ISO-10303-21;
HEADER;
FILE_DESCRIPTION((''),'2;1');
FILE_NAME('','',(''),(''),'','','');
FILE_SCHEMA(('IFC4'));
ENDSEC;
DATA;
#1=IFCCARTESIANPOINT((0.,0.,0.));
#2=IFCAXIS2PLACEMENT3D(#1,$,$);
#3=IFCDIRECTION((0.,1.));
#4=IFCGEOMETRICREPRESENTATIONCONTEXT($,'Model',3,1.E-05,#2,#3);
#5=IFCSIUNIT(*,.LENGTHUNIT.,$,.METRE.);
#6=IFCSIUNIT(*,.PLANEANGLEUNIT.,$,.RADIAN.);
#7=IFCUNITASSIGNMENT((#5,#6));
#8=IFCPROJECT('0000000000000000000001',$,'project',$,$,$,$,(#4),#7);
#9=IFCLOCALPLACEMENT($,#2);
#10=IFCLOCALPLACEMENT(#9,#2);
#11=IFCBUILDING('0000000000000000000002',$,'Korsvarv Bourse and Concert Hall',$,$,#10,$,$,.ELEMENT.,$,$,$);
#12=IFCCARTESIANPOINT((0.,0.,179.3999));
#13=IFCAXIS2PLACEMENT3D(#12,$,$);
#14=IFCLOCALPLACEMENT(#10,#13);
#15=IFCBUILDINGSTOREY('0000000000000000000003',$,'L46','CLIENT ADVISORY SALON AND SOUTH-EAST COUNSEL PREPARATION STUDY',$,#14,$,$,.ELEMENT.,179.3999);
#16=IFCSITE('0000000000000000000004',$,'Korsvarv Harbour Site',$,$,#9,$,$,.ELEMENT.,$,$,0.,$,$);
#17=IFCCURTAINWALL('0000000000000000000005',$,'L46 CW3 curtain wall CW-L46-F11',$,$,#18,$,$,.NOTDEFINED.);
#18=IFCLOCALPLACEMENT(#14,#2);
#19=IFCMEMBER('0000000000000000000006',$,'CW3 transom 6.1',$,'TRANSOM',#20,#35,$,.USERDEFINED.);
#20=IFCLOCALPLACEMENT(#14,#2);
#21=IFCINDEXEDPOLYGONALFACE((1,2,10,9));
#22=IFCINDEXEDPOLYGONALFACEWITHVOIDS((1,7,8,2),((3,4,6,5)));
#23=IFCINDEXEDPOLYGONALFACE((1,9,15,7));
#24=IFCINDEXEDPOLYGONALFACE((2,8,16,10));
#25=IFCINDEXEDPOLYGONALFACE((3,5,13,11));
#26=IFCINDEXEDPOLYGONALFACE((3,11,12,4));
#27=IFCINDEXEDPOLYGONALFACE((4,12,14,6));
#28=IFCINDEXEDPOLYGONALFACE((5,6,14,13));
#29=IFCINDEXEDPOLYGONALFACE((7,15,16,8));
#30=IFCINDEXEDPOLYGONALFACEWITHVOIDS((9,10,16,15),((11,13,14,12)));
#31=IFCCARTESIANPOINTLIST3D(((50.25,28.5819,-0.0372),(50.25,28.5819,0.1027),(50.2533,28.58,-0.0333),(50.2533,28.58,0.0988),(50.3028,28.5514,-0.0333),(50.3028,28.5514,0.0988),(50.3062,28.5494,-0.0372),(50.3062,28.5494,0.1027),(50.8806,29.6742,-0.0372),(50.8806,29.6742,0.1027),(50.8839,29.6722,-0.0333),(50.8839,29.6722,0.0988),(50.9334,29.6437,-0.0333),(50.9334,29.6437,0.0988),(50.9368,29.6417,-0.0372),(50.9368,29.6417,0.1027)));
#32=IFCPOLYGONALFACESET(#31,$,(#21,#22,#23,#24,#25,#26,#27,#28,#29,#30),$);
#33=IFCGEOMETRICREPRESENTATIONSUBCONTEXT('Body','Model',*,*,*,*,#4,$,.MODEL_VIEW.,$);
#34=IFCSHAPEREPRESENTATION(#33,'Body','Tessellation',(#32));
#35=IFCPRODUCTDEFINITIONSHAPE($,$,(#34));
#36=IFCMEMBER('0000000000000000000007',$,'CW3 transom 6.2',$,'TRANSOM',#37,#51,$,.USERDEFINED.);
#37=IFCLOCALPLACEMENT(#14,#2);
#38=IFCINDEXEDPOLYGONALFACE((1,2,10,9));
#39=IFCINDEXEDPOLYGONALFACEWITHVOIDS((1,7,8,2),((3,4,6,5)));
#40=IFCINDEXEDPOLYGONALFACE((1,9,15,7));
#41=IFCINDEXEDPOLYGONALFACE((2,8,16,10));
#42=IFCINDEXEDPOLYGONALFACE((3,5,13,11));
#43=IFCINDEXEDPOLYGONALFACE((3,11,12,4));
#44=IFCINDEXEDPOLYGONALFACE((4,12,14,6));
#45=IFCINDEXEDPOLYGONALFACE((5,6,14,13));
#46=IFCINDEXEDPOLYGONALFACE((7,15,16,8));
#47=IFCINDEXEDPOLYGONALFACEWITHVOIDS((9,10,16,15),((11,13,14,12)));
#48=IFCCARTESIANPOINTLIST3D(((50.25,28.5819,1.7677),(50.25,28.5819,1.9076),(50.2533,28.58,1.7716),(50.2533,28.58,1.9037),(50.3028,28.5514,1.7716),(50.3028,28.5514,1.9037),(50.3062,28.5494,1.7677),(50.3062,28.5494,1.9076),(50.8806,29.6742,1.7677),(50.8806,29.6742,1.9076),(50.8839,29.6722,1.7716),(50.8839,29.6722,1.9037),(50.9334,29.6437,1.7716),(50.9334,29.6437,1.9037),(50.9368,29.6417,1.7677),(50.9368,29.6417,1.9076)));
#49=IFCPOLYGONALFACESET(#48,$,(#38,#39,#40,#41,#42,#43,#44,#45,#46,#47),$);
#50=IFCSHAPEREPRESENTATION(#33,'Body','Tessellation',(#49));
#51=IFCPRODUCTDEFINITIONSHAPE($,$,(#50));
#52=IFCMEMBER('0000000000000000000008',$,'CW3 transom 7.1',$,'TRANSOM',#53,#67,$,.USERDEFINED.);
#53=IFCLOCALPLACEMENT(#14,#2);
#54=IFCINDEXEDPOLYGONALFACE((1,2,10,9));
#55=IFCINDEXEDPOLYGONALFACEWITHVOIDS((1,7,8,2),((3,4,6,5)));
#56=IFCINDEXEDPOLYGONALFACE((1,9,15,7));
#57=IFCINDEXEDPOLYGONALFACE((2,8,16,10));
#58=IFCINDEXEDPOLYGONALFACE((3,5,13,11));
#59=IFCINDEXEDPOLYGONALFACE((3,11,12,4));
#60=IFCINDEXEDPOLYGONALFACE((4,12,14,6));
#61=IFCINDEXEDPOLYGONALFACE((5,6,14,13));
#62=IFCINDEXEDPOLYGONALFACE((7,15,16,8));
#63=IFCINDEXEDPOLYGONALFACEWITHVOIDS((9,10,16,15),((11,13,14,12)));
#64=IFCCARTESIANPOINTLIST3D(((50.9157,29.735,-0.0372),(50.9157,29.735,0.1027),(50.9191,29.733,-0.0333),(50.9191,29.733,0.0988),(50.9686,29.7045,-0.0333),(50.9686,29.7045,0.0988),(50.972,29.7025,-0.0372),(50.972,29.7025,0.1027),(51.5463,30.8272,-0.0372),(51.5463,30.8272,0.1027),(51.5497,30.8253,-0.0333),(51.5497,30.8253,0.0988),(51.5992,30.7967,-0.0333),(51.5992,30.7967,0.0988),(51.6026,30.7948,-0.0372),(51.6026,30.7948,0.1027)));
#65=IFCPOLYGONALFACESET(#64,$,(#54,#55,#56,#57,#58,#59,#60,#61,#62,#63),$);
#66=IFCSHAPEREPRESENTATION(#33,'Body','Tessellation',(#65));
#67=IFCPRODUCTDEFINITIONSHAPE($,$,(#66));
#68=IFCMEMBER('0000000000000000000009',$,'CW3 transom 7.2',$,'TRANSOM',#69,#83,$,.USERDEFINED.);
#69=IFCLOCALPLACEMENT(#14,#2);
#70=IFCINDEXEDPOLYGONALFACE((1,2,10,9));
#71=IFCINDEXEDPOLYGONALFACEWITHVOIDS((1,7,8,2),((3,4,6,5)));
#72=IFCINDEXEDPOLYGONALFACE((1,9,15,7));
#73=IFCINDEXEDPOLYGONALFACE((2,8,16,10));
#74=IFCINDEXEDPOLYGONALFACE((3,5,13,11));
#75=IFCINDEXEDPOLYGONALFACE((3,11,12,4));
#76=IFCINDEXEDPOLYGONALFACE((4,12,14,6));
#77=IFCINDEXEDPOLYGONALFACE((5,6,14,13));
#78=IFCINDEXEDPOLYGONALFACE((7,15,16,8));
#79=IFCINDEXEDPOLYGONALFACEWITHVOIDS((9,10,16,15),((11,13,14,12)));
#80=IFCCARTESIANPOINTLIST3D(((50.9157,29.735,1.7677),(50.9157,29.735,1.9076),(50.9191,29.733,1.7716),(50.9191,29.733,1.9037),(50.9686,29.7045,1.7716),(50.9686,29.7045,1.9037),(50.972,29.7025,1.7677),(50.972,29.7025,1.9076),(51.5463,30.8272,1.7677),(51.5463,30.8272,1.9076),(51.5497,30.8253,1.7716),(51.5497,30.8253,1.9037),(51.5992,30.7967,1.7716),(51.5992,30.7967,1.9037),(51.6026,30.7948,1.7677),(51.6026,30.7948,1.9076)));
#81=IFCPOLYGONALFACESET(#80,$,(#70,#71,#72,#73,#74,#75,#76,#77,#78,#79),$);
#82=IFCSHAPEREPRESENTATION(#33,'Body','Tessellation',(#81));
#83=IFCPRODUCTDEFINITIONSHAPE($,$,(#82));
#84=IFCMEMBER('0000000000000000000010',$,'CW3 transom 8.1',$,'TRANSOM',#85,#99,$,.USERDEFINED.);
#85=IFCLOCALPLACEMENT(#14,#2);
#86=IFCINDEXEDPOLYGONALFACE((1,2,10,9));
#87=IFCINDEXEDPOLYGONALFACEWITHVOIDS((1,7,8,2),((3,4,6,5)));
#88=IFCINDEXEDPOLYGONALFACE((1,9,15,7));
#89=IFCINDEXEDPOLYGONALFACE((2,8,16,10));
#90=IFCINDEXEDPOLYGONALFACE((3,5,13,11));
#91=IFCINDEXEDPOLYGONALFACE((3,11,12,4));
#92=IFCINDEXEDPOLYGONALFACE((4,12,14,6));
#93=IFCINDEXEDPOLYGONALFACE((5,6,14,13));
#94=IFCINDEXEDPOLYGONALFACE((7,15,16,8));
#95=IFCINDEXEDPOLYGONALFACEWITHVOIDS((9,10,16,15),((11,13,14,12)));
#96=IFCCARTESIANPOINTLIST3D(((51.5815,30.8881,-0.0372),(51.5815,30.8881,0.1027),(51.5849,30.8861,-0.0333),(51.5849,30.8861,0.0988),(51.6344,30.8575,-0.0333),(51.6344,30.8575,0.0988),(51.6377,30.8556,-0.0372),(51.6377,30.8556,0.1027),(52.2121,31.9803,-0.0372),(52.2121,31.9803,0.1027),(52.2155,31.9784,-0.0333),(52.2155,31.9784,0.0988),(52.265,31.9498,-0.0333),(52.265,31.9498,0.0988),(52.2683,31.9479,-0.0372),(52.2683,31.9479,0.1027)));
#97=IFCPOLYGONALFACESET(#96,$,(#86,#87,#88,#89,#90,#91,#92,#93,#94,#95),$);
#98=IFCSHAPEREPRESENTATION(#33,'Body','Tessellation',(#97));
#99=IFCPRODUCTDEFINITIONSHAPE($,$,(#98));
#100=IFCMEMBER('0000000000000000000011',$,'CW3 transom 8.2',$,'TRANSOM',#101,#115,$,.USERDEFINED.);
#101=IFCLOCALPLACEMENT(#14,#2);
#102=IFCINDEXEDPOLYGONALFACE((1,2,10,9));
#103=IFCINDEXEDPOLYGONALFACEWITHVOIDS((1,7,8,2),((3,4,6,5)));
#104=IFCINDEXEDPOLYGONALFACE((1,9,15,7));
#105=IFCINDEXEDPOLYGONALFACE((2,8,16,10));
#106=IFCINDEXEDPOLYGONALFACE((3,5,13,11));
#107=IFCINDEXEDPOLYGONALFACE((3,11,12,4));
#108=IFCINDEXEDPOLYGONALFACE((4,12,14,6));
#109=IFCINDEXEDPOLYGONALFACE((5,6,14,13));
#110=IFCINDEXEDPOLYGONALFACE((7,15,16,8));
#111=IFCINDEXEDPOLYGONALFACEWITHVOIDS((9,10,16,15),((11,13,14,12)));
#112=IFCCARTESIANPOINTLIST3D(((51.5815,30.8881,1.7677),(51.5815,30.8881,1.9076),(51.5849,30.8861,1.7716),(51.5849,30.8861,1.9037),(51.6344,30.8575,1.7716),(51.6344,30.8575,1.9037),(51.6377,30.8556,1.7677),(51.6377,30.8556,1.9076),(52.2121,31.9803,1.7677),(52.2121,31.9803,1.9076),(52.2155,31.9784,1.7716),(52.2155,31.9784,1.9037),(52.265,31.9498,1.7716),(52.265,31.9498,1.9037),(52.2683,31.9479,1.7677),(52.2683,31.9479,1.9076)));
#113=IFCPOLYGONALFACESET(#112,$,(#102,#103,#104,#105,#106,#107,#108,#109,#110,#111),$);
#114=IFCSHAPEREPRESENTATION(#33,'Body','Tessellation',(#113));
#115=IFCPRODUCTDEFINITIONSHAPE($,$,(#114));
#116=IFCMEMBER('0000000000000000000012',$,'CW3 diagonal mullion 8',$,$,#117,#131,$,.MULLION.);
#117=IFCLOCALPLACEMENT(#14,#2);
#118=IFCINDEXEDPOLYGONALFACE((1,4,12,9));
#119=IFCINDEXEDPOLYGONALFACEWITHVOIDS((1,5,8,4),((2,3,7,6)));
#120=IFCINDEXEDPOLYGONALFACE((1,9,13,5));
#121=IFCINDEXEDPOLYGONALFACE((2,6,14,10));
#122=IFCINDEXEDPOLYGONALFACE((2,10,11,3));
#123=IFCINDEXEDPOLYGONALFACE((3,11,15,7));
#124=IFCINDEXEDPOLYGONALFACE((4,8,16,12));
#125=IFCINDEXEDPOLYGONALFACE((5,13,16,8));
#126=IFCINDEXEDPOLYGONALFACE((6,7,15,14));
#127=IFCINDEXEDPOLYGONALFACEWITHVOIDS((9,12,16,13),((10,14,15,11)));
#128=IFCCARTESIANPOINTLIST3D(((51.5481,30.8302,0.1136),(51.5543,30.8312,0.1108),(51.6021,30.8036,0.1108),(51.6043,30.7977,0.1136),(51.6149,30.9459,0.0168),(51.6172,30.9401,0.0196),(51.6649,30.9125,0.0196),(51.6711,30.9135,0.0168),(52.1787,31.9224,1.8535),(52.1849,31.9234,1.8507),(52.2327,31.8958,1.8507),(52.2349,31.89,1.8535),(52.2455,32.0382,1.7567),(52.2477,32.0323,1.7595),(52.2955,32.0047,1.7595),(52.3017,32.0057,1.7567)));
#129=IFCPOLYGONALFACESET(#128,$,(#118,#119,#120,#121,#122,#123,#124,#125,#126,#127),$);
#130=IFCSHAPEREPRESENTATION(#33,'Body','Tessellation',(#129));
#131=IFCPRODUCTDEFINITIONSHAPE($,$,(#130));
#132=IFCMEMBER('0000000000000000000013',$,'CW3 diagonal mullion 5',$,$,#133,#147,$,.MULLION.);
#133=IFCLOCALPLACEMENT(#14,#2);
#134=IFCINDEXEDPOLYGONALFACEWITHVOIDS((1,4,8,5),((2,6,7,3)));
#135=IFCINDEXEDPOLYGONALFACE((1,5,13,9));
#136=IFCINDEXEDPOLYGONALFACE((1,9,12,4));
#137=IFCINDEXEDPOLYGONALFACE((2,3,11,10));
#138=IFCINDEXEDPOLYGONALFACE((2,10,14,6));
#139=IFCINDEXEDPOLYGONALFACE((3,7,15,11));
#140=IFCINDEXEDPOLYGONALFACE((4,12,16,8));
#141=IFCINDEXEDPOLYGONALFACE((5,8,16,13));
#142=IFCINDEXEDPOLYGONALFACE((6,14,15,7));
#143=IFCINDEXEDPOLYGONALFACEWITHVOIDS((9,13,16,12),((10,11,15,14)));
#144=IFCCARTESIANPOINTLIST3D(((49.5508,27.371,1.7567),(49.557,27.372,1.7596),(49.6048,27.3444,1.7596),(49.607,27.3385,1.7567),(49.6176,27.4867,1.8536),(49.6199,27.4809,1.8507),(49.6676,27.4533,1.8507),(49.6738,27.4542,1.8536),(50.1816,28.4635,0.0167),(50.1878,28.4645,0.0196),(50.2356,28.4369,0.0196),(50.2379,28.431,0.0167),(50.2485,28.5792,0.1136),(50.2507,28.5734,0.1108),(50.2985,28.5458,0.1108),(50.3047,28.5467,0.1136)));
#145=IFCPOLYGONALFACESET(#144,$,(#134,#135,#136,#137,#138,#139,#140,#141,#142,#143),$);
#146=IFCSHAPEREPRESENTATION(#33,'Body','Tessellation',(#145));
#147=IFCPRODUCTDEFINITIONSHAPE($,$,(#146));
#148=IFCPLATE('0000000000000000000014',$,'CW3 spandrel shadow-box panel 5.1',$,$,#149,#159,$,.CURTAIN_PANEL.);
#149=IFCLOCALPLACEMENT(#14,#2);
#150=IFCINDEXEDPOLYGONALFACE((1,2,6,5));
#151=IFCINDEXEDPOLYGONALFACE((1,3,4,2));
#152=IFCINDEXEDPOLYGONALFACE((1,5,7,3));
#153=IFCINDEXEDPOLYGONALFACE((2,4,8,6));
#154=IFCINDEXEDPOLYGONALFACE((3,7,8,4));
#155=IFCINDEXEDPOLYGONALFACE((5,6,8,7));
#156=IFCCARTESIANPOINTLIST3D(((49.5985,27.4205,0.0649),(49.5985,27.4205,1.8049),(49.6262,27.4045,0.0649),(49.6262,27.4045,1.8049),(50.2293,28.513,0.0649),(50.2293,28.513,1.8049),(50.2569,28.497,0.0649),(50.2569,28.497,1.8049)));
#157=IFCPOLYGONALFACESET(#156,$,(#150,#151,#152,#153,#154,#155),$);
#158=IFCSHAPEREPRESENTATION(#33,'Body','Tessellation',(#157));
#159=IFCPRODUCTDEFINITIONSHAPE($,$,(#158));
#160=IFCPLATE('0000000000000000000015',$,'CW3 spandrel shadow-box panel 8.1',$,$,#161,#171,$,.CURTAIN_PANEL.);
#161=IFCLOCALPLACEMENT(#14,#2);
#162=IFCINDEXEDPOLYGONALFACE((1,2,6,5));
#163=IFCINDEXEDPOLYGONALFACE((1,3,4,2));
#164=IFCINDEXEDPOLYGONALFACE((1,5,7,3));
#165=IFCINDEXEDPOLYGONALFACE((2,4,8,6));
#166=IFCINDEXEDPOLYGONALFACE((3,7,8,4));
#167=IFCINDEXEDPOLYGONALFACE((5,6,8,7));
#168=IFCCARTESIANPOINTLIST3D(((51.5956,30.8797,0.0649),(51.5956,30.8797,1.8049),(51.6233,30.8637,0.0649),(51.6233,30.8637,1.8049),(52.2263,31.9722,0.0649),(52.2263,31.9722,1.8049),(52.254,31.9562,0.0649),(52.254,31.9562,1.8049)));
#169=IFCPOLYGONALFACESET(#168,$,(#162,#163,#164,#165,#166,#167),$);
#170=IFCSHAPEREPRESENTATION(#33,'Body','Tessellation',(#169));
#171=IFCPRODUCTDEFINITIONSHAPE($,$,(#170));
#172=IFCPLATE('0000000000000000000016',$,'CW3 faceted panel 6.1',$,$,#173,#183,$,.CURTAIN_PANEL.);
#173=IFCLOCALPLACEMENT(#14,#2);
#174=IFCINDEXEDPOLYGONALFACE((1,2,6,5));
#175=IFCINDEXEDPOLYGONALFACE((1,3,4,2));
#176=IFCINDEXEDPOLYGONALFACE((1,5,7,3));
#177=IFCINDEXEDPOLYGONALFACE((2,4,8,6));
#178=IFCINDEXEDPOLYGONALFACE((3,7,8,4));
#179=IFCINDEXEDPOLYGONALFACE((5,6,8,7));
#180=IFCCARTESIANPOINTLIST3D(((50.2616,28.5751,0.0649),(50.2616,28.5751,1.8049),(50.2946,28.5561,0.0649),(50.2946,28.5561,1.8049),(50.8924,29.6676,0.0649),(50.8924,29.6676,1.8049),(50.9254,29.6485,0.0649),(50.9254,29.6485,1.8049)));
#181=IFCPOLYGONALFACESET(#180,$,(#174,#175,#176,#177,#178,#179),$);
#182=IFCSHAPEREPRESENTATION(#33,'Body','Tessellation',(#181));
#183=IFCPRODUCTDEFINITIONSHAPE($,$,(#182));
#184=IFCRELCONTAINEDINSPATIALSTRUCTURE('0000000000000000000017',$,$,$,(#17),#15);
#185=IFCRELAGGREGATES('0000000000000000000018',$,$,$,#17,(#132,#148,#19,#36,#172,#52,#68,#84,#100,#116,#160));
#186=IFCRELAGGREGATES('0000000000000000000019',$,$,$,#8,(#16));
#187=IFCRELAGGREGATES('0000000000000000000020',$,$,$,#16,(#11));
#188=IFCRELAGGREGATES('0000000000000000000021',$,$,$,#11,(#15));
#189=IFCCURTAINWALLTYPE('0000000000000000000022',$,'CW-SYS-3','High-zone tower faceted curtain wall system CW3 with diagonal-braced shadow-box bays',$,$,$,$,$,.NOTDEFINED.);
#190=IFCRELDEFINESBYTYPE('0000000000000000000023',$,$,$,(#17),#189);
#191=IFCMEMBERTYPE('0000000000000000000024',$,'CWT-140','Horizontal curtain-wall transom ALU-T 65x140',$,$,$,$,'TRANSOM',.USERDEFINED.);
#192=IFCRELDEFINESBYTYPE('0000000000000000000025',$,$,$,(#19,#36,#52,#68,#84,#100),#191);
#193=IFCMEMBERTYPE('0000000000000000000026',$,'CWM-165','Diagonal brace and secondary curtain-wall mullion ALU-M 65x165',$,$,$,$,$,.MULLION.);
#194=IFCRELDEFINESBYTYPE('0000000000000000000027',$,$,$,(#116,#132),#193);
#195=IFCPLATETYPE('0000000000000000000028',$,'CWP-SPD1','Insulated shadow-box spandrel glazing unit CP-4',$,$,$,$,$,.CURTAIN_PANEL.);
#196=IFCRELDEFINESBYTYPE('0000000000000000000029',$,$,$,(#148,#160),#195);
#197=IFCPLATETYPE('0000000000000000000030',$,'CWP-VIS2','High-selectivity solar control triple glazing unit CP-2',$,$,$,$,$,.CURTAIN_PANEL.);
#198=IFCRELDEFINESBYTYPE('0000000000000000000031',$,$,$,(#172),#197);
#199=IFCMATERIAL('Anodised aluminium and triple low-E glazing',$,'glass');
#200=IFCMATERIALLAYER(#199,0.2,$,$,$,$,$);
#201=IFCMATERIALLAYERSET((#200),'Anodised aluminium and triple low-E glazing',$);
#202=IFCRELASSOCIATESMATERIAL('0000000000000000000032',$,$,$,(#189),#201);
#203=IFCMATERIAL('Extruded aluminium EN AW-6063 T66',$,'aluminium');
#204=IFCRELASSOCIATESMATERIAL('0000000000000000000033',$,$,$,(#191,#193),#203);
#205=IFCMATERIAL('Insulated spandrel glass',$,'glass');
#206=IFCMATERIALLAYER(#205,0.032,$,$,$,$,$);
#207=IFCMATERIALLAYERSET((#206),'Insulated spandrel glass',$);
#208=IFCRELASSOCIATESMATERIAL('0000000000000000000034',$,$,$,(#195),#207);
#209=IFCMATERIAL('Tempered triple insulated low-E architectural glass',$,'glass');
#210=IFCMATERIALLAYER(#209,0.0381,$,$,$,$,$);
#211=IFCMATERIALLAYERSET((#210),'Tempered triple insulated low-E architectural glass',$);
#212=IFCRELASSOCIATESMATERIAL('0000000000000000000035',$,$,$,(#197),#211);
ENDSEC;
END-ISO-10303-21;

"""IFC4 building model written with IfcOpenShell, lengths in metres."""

from ifc_helpers import new_model, si_unit, direction, frame, origin, origin_2d, place, context, subcontext, project, spatial, rectangle, hollow_rectangle, extrude, source, transform, mapped, material, layer, layer_set, material_profile, profile_set, type_object, element, aggregate, save


model = new_model("IFC4")

# Units and contexts
model_context = context("Model", 3, precision=1e-05, world=origin(), true_north=direction((0.0, 1.0)))
body_context = subcontext(model_context, "Body", "Model", "MODEL_VIEW")
ifc_project = project(units=[si_unit("LENGTHUNIT", "METRE"), si_unit("PLANEANGLEUNIT", "RADIAN")], contexts=[model_context])

# Site, building, storey
site_placement = place(None, origin())
site = spatial("IfcSite", under=ifc_project, at=site_placement, Name="Korsvarv Harbour Site", CompositionType="ELEMENT", RefElevation=0.0)
building_placement = place(site_placement, origin())
building = spatial("IfcBuilding", under=site, at=building_placement, Name="Korsvarv Bourse and Concert Hall", CompositionType="ELEMENT")
storey_placement = place(building_placement, frame((0.0, 0.0, 179.3999)))
storey = spatial("IfcBuildingStorey", under=building, at=storey_placement, Name="L46", Description="CLIENT ADVISORY SALON AND SOUTH-EAST COUNSEL PREPARATION STUDY", CompositionType="ELEMENT", Elevation=179.3999)

# Curtain wall, members, plates
ifc_material_1 = material(Name="Anodised aluminium and triple low-E glazing", Category="glass")
ifc_layer_1 = layer(ifc_material_1, 0.2)
ifc_layer_set_1 = layer_set([ifc_layer_1], Name="Anodised aluminium and triple low-E glazing")
curtain_wall_type = type_object("IfcCurtainWallType", Name="CW-SYS-3", Description="High-zone tower faceted curtain wall system CW3 with diagonal-braced shadow-box bays", PredefinedType="NOTDEFINED", material=ifc_layer_set_1)
curtain_wall_placement = place(storey_placement, origin())
curtain_wall = element("IfcCurtainWall", 1, at=curtain_wall_placement, inside=storey, type_object=curtain_wall_type, Name="L46 CW3 curtain wall CW-L46-F11", PredefinedType="NOTDEFINED")
ifc_material_2 = material(Name="Extruded aluminium EN AW-6063 T66", Category="aluminium")
ifc_material_profile_1 = material_profile(ifc_material_2, hollow_rectangle(XDim=0.0649, YDim=0.1399, WallThickness=0.0039, at=origin_2d()), Name="ALU-T 65x140")
ifc_profile_set_1 = profile_set([ifc_material_profile_1], Name="Extruded aluminium EN AW-6063 T66")
member_type_1 = type_object("IfcMemberType", Name="CWT-140", Description="Horizontal curtain-wall transom ALU-T 65x140", ElementType="TRANSOM", PredefinedType="USERDEFINED", material=ifc_profile_set_1)
shared_shape_1 = source(origin(), body_context, "Body", "SweptSolid", [
    extrude(hollow_rectangle(XDim=0.0649, YDim=0.1399, WallThickness=0.0039, at=origin_2d()), origin(), (0.0, 0.0, 1.0), 1.2612),
])
member_1_placement = place(storey_placement, frame((50.2781, 28.5657, 0.0327), z_axis=(0.499991, 0.866031, 0.0), x_axis=(-0.866031, 0.499991, 0.0)))
member_1 = element("IfcMember", 2, at=member_1_placement, type_object=member_type_1, Name="CW3 transom 6.1", ObjectType="TRANSOM", PredefinedType="USERDEFINED", context=body_context, shape_type="MappedRepresentation", body=[
    mapped(shared_shape_1, transform((0.0, 0.0, 0.0), scale=1.0)),
])
member_2_placement = place(storey_placement, frame((50.2781, 28.5657, 1.8376), z_axis=(0.499991, 0.866031, 0.0), x_axis=(-0.866031, 0.499991, 0.0)))
member_2 = element("IfcMember", 3, at=member_2_placement, type_object=member_type_1, Name="CW3 transom 6.2", ObjectType="TRANSOM", PredefinedType="USERDEFINED", context=body_context, shape_type="MappedRepresentation", body=[
    mapped(shared_shape_1, transform((0.0, 0.0, 0.0), scale=1.0)),
])
member_3_placement = place(storey_placement, frame((50.9438, 29.7188, 0.0327), z_axis=(0.499991, 0.866031, 0.0), x_axis=(-0.866031, 0.499991, 0.0)))
member_3 = element("IfcMember", 4, at=member_3_placement, type_object=member_type_1, Name="CW3 transom 7.1", ObjectType="TRANSOM", PredefinedType="USERDEFINED", context=body_context, shape_type="MappedRepresentation", body=[
    mapped(shared_shape_1, transform((0.0, 0.0, 0.0), scale=1.0)),
])
member_4_placement = place(storey_placement, frame((50.9438, 29.7188, 1.8376), z_axis=(0.499991, 0.866031, 0.0), x_axis=(-0.866031, 0.499991, 0.0)))
member_4 = element("IfcMember", 5, at=member_4_placement, type_object=member_type_1, Name="CW3 transom 7.2", ObjectType="TRANSOM", PredefinedType="USERDEFINED", context=body_context, shape_type="MappedRepresentation", body=[
    mapped(shared_shape_1, transform((0.0, 0.0, 0.0), scale=1.0)),
])
member_5_placement = place(storey_placement, frame((51.6096, 30.8718, 0.0327), z_axis=(0.499991, 0.866031, 0.0), x_axis=(-0.866031, 0.499991, 0.0)))
member_5 = element("IfcMember", 6, at=member_5_placement, type_object=member_type_1, Name="CW3 transom 8.1", ObjectType="TRANSOM", PredefinedType="USERDEFINED", context=body_context, shape_type="MappedRepresentation", body=[
    mapped(shared_shape_1, transform((0.0, 0.0, 0.0), scale=1.0)),
])
member_6_placement = place(storey_placement, frame((51.6096, 30.8718, 1.8376), z_axis=(0.499991, 0.866031, 0.0), x_axis=(-0.866031, 0.499991, 0.0)))
member_6 = element("IfcMember", 7, at=member_6_placement, type_object=member_type_1, Name="CW3 transom 8.2", ObjectType="TRANSOM", PredefinedType="USERDEFINED", context=body_context, shape_type="MappedRepresentation", body=[
    mapped(shared_shape_1, transform((0.0, 0.0, 0.0), scale=1.0)),
])
ifc_material_profile_2 = material_profile(ifc_material_2, hollow_rectangle(XDim=0.0649, YDim=0.165, WallThickness=0.0049, at=origin_2d()), Name="ALU-M 65x165")
ifc_profile_set_2 = profile_set([ifc_material_profile_2], Name="Extruded aluminium EN AW-6063 T66")
member_type_2 = type_object("IfcMemberType", Name="CWM-165", Description="Diagonal brace and secondary curtain-wall mullion ALU-M 65x165", PredefinedType="MULLION", material=ifc_profile_set_2)
shared_shape_2 = source(origin(), body_context, "Body", "SweptSolid", [
    extrude(hollow_rectangle(XDim=0.0649, YDim=0.165, WallThickness=0.0049, at=origin_2d()), origin(), (0.0, 0.0, 1.0), 2.1489),
])
member_7_placement = place(storey_placement, frame((51.6096, 30.8718, 0.0652), z_axis=(0.293442, 0.508269, 0.809663), x_axis=(-0.866031, 0.499991, 0.0)))
member_7 = element("IfcMember", 8, at=member_7_placement, type_object=member_type_2, Name="CW3 diagonal mullion 8", PredefinedType="MULLION", context=body_context, shape_type="MappedRepresentation", body=[
    mapped(shared_shape_2, transform((0.0, 0.0, 0.0), scale=1.0)),
])
shared_shape_3 = source(origin(), body_context, "Body", "SweptSolid", [
    extrude(hollow_rectangle(XDim=0.0649, YDim=0.165, WallThickness=0.0049, at=origin_2d()), origin(), (0.0, 0.0, 1.0), 2.1492),
])
member_8_placement = place(storey_placement, frame((50.2432, 28.5051, 0.0652), z_axis=(-0.293529, -0.508336, 0.809589), x_axis=(0.865995, -0.500052, 0.0)))
member_8 = element("IfcMember", 9, at=member_8_placement, type_object=member_type_2, Name="CW3 diagonal mullion 5", PredefinedType="MULLION", context=body_context, shape_type="MappedRepresentation", body=[
    mapped(shared_shape_3, transform((0.0, 0.0, 0.0), scale=1.0)),
])
ifc_material_3 = material(Name="Insulated spandrel glass", Category="glass")
ifc_layer_2 = layer(ifc_material_3, 0.032)
ifc_layer_set_2 = layer_set([ifc_layer_2], Name="Insulated spandrel glass")
plate_type_1 = type_object("IfcPlateType", Name="CWP-SPD1", Description="Insulated shadow-box spandrel glazing unit CP-4", PredefinedType="CURTAIN_PANEL", material=ifc_layer_set_2)
shared_shape_4 = source(origin(), body_context, "Body", "SweptSolid", [
    extrude(rectangle(XDim=1.2615, YDim=0.032, at=origin_2d()), origin(), (0.0, 0.0, 1.0), 1.74),
])
plate_1_placement = place(storey_placement, frame((49.9277, 27.9587, 0.0649), z_axis=(0.0, 0.0, 1.0), x_axis=(0.499994, 0.866029, 0.0)))
plate_1 = element("IfcPlate", 10, at=plate_1_placement, type_object=plate_type_1, Name="CW3 spandrel shadow-box panel 5.1", PredefinedType="CURTAIN_PANEL", context=body_context, shape_type="MappedRepresentation", body=[
    mapped(shared_shape_4, transform((0.0, 0.0, 0.0), scale=1.0)),
])
plate_2_placement = place(storey_placement, frame((51.9248, 31.418, 0.0649), z_axis=(0.0, 0.0, 1.0), x_axis=(0.499994, 0.866029, 0.0)))
plate_2 = element("IfcPlate", 11, at=plate_2_placement, type_object=plate_type_1, Name="CW3 spandrel shadow-box panel 8.1", PredefinedType="CURTAIN_PANEL", context=body_context, shape_type="MappedRepresentation", body=[
    mapped(shared_shape_4, transform((0.0, 0.0, 0.0), scale=1.0)),
])
ifc_material_4 = material(Name="Tempered triple insulated low-E architectural glass", Category="glass")
ifc_layer_3 = layer(ifc_material_4, 0.0381)
ifc_layer_set_3 = layer_set([ifc_layer_3], Name="Tempered triple insulated low-E architectural glass")
plate_type_2 = type_object("IfcPlateType", Name="CWP-VIS2", Description="High-selectivity solar control triple glazing unit CP-2", PredefinedType="CURTAIN_PANEL", material=ifc_layer_set_3)
shared_shape_5 = source(origin(), body_context, "Body", "SweptSolid", [
    extrude(rectangle(XDim=1.2615, YDim=0.0381, at=origin_2d()), origin(), (0.0, 0.0, 1.0), 1.74),
])
plate_3_placement = place(storey_placement, frame((50.5935, 29.1118, 0.0649), z_axis=(0.0, 0.0, 1.0), x_axis=(0.499994, 0.866029, 0.0)))
plate_3 = element("IfcPlate", 12, at=plate_3_placement, type_object=plate_type_2, Name="CW3 faceted panel 6.1", PredefinedType="CURTAIN_PANEL", context=body_context, shape_type="MappedRepresentation", body=[
    mapped(shared_shape_5, transform((0.0, 0.0, 0.0), scale=1.0)),
])
aggregate(curtain_wall, [member_8, plate_1, member_1, member_2, plate_3, member_3, member_4, member_5, member_6, member_7, plate_2])

save(model, "model.ifc")
